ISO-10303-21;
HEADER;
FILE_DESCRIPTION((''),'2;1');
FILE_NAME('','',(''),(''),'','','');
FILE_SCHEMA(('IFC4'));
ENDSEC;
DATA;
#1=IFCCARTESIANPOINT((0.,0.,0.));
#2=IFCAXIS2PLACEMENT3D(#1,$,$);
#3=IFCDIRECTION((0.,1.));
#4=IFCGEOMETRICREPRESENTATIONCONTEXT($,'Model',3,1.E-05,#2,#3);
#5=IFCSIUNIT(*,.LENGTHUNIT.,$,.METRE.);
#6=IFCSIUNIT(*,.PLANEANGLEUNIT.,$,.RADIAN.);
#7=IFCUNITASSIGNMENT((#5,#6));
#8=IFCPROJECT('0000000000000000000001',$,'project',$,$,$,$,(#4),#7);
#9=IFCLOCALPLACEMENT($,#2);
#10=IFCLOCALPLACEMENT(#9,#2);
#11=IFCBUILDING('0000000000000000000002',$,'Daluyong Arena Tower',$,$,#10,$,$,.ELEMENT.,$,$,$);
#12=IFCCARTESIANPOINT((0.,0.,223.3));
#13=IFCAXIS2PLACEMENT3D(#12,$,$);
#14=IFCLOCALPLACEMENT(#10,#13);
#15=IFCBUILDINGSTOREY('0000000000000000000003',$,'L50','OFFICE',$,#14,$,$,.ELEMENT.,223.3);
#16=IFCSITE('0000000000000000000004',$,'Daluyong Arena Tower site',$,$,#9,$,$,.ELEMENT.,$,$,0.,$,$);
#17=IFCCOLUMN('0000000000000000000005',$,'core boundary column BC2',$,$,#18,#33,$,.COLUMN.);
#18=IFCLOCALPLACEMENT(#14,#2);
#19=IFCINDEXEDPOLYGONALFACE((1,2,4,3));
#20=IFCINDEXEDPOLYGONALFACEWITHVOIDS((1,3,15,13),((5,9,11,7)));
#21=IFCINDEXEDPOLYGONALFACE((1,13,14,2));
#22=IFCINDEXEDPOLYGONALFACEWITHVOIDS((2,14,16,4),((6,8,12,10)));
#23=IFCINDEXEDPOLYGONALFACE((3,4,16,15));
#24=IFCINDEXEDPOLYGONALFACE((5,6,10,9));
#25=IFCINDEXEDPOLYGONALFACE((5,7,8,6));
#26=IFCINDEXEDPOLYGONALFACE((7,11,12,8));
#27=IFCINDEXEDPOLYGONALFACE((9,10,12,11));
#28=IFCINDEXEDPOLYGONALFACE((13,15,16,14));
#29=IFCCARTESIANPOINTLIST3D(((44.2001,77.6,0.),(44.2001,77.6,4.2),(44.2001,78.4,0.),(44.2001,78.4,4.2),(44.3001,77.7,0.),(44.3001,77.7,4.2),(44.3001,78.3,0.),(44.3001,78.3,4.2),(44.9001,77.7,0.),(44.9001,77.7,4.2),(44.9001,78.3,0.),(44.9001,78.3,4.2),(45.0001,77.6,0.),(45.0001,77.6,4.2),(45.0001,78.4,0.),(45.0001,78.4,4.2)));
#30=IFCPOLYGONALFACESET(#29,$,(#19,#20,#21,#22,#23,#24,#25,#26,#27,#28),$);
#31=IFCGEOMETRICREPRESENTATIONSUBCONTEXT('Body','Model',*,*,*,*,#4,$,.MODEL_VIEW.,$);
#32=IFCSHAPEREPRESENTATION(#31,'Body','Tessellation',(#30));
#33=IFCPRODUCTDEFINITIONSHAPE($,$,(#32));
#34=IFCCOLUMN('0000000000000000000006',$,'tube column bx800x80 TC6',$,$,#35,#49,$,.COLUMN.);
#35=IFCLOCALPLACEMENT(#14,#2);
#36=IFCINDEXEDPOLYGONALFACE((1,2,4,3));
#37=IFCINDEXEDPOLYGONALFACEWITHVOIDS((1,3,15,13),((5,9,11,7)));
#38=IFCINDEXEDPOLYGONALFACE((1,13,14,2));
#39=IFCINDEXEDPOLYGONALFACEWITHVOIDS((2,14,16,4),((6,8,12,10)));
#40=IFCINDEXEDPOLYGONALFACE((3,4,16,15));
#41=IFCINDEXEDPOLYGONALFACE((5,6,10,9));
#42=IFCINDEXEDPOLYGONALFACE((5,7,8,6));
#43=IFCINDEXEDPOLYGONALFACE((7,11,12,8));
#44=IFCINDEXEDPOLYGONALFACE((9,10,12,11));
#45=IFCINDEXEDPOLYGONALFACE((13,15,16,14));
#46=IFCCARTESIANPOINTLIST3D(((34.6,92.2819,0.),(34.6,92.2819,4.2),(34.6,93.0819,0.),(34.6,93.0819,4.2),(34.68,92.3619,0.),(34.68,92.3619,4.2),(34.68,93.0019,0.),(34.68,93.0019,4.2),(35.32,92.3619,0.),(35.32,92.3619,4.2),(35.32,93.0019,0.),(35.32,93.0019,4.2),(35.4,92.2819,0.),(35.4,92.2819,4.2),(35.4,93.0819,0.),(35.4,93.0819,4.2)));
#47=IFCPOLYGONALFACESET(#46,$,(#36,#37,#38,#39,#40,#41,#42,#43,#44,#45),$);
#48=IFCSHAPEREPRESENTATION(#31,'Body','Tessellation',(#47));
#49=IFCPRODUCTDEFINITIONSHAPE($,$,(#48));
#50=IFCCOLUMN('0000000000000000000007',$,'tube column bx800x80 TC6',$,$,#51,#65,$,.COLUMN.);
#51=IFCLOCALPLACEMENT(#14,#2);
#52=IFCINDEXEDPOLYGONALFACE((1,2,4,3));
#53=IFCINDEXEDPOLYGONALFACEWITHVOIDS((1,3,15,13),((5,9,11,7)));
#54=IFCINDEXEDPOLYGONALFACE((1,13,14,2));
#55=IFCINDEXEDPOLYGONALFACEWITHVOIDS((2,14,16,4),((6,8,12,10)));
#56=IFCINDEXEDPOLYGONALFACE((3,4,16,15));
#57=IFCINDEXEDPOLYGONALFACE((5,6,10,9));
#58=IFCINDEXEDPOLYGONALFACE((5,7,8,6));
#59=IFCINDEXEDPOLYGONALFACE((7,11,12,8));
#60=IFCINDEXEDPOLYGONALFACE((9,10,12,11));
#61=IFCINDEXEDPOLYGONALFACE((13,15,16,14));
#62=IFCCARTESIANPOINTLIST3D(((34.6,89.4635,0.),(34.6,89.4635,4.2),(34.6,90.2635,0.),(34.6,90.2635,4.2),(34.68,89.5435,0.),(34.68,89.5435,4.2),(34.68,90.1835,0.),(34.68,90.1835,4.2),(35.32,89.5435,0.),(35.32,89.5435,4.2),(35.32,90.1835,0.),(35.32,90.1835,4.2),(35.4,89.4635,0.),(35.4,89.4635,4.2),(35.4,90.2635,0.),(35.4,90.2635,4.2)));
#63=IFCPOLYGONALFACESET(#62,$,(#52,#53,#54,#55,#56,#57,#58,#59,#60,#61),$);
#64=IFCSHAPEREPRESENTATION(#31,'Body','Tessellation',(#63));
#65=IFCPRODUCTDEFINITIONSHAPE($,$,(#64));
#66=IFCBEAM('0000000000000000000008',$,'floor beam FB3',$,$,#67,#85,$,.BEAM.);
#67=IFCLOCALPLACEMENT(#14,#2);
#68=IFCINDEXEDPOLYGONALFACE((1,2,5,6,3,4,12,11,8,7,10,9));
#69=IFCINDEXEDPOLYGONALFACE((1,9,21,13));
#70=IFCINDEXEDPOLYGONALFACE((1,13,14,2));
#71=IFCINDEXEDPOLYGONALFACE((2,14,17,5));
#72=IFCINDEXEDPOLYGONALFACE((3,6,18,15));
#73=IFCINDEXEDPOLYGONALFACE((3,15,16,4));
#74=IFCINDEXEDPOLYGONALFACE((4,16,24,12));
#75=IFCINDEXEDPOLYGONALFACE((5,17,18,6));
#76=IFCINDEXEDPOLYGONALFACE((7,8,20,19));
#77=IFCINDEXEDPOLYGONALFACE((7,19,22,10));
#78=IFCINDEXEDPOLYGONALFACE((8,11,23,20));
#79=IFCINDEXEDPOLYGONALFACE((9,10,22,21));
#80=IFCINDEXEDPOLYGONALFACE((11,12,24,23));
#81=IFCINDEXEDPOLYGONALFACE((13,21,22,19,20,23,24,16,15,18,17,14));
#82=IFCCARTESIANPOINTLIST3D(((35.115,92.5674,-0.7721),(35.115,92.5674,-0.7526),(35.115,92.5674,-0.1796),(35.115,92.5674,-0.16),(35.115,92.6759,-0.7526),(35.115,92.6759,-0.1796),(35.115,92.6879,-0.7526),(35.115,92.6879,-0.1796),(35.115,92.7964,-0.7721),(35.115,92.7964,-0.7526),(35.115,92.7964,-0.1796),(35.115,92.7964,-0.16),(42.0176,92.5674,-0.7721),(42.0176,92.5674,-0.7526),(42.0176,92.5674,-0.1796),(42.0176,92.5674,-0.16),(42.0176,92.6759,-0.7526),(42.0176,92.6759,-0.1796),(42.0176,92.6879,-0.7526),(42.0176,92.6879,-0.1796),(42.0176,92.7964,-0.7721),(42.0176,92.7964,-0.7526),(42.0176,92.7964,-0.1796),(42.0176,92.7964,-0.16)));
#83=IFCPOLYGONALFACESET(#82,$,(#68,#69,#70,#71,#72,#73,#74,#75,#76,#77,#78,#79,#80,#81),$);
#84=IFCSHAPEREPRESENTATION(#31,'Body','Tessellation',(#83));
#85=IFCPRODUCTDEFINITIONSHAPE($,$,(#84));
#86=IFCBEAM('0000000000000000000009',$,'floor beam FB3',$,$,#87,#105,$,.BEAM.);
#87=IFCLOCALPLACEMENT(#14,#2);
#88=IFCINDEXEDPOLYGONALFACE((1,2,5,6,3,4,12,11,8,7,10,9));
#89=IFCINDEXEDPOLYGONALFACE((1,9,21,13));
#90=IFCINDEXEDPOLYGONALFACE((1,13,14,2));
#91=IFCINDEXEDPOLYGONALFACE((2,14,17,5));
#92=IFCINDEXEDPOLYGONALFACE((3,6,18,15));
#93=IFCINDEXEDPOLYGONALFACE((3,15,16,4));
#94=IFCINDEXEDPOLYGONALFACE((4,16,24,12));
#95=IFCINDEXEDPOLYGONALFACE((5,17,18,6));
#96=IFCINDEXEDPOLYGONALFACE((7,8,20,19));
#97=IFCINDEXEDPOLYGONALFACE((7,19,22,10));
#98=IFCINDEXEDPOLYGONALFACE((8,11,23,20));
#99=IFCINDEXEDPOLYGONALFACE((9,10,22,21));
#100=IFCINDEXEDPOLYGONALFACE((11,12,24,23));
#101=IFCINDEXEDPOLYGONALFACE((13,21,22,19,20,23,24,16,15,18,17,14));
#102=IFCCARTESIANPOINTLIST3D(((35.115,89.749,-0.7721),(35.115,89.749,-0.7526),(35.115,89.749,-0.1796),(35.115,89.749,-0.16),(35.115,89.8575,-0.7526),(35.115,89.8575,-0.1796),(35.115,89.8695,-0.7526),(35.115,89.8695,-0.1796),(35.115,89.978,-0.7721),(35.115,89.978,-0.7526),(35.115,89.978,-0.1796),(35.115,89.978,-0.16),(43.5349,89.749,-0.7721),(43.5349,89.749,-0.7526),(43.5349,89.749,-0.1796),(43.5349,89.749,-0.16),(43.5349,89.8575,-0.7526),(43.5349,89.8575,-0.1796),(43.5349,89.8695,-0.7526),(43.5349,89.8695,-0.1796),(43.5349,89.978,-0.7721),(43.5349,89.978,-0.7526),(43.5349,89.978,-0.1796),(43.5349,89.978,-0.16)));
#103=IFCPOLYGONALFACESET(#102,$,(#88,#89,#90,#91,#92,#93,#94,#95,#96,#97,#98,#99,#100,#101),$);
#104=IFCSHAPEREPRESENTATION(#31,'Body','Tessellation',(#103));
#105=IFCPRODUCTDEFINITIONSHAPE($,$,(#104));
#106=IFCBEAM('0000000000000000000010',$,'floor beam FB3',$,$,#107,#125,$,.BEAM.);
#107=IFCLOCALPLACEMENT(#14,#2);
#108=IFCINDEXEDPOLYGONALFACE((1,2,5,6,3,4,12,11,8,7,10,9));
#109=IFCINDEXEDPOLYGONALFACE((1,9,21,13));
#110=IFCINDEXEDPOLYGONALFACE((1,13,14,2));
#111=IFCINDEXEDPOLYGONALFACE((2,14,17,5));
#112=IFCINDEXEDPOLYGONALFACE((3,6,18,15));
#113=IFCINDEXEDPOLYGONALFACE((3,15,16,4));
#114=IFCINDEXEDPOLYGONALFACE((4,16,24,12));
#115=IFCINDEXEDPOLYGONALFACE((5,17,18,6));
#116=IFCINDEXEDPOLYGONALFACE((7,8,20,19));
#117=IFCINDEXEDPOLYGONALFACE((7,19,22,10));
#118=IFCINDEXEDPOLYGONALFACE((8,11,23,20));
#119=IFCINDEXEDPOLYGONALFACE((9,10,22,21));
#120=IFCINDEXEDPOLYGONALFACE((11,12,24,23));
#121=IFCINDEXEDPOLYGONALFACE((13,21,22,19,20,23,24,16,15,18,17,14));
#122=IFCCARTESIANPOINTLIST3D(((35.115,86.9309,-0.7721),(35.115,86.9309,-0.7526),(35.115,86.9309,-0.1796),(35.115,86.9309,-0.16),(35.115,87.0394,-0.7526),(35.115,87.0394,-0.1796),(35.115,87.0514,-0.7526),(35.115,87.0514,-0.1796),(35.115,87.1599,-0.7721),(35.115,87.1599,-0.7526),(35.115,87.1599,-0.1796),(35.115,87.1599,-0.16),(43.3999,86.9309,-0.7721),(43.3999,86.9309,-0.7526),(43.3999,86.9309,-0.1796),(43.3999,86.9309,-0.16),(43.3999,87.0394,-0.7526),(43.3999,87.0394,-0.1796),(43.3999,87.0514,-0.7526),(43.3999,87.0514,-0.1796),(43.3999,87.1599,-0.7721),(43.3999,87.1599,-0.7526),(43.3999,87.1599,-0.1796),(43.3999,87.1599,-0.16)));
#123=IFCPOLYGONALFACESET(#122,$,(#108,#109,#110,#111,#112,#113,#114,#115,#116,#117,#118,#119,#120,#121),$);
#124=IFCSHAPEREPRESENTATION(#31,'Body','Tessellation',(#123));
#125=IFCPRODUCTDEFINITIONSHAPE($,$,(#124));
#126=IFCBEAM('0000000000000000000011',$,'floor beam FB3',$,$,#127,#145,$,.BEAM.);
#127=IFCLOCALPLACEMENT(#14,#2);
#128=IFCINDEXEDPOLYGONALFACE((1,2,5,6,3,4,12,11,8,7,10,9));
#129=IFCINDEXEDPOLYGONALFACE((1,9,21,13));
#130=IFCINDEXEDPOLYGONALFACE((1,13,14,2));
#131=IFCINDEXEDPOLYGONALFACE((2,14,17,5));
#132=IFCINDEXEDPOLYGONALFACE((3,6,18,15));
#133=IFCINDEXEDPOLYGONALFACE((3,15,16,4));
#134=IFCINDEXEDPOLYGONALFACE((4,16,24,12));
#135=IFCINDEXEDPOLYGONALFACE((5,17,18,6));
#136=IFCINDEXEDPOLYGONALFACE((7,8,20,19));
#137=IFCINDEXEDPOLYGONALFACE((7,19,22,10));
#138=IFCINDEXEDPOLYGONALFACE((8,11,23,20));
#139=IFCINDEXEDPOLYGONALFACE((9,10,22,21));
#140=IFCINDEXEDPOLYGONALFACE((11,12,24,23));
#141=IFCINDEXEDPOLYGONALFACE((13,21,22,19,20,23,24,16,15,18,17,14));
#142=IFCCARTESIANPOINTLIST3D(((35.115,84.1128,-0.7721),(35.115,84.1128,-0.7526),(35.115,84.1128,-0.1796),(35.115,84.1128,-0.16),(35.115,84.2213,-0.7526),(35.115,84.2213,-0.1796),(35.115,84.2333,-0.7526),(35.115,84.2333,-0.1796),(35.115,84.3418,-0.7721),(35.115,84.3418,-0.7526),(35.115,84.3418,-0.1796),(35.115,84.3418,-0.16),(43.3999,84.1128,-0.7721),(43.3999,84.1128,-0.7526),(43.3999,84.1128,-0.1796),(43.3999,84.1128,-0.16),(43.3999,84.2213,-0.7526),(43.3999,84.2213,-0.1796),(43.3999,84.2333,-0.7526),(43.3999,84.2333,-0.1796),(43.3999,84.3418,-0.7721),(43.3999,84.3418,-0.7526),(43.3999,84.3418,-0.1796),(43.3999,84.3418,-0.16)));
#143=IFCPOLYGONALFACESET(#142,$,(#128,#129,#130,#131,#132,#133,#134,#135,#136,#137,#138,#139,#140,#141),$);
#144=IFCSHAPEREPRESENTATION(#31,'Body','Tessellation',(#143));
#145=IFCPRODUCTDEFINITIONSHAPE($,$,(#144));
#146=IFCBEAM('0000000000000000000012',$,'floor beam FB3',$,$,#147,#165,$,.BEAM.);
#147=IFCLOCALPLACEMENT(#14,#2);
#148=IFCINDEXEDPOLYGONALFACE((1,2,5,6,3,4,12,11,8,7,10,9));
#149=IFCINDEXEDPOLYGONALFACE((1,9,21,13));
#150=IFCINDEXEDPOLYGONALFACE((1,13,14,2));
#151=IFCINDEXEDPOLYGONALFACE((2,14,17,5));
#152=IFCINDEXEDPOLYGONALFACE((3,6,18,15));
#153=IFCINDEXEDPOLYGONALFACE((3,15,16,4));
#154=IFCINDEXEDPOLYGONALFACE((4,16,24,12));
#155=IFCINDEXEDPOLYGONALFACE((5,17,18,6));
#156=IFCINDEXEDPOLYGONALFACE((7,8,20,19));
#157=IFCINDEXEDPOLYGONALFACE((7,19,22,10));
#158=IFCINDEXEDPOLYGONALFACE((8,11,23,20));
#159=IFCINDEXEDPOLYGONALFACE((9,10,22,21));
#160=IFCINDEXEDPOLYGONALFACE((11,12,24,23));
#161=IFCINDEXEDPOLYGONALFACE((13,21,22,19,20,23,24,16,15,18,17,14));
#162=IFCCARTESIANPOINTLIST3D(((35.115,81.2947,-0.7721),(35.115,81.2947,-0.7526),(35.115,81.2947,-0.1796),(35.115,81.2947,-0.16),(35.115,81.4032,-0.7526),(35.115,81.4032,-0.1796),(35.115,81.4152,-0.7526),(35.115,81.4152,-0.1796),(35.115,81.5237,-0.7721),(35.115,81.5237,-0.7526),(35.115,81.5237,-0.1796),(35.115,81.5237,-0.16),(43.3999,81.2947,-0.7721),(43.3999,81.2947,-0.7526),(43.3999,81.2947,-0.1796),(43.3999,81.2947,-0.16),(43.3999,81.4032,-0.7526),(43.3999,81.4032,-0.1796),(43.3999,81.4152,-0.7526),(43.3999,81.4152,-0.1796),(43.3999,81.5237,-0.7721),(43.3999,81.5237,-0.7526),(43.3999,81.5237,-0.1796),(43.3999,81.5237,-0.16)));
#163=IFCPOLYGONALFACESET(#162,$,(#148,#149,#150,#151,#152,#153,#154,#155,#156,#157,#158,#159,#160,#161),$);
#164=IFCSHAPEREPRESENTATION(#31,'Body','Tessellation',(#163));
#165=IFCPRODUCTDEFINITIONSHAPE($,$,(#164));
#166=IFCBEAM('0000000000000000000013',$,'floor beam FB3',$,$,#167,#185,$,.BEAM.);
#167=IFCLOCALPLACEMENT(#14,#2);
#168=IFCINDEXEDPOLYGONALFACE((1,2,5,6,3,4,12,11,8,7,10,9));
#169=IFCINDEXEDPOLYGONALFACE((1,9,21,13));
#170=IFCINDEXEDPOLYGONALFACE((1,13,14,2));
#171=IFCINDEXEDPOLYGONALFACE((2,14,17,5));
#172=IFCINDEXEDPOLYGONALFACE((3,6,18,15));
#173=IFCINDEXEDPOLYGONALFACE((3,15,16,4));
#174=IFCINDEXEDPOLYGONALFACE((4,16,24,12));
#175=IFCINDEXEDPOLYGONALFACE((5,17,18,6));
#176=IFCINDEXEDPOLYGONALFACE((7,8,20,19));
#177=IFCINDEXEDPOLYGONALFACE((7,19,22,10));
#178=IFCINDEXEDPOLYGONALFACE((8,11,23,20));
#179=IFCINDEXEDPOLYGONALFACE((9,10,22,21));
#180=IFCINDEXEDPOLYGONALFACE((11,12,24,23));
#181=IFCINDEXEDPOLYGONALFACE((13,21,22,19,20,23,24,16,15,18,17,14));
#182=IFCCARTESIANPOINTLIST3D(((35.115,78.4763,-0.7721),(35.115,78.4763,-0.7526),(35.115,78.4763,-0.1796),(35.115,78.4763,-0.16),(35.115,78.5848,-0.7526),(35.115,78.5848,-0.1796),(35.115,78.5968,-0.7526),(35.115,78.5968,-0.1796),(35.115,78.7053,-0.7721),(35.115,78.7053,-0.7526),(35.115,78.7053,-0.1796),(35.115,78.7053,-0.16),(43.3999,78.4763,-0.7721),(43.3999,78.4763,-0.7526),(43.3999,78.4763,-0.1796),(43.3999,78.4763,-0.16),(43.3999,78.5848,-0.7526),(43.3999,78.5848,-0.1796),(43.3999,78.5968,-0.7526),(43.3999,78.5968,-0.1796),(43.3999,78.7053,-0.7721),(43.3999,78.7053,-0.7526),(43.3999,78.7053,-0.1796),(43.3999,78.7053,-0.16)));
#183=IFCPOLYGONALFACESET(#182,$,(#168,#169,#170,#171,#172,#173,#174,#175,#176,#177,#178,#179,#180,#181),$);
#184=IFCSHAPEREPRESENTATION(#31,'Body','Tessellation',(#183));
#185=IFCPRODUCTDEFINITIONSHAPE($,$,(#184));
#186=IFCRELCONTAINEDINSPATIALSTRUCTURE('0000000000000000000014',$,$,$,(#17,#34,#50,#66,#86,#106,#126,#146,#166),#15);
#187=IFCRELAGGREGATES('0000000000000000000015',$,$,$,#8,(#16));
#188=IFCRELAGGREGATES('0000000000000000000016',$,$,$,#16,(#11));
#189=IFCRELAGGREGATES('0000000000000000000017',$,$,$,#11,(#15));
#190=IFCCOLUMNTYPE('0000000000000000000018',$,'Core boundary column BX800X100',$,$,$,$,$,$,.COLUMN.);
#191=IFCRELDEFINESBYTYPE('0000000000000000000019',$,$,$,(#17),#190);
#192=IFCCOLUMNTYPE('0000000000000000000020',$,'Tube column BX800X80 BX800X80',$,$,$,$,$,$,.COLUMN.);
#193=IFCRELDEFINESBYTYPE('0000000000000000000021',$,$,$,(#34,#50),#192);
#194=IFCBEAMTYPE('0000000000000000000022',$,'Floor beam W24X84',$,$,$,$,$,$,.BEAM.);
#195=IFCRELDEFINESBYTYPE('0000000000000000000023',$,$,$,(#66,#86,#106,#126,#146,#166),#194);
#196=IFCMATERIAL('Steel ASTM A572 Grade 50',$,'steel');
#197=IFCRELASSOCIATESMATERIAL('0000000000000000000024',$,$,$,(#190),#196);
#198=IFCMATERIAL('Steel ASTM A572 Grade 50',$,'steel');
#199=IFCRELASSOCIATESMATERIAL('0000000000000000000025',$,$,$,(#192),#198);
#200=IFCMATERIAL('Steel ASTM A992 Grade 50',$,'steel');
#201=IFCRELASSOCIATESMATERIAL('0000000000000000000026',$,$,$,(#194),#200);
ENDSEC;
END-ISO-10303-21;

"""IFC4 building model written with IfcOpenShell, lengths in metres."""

from ifc_helpers import new_model, si_unit, direction, frame, origin, origin_2d, place, context, subcontext, project, spatial, hollow_rectangle, i_section, extrude, material, material_profile, profile_set, type_object, element, save


model = new_model("IFC4")

# Units and contexts
model_context = context("Model", 3, precision=1e-05, world=origin(), true_north=direction((0.0, 1.0)))
body_context = subcontext(model_context, "Body", "Model", "MODEL_VIEW")
ifc_project = project(units=[si_unit("LENGTHUNIT", "METRE"), si_unit("PLANEANGLEUNIT", "RADIAN")], contexts=[model_context])

# Site, building, storey
site_placement = place(None, origin())
site = spatial("IfcSite", under=ifc_project, at=site_placement, Name="Daluyong Arena Tower site", CompositionType="ELEMENT", RefElevation=0.0)
building_placement = place(site_placement, origin())
building = spatial("IfcBuilding", under=site, at=building_placement, Name="Daluyong Arena Tower", CompositionType="ELEMENT")
storey_placement = place(building_placement, frame((0.0, 0.0, 223.3)))
storey = spatial("IfcBuildingStorey", under=building, at=storey_placement, Name="L50", Description="OFFICE", CompositionType="ELEMENT", Elevation=223.3)

# Columns
ifc_material_1 = material(Name="Steel ASTM A572 Grade 50", Category="steel")
ifc_material_profile_1 = material_profile(ifc_material_1, hollow_rectangle(XDim=0.8, YDim=0.8, WallThickness=0.1, at=origin_2d()))
ifc_profile_set_1 = profile_set([ifc_material_profile_1], Name="Steel ASTM A572 Grade 50")
column_type_1 = type_object("IfcColumnType", Name="Core boundary column BX800X100", PredefinedType="COLUMN", material=ifc_profile_set_1)
column_placement = place(storey_placement, frame((44.6001, 78.0, 0.0), z_axis=(0.0, 0.0, 1.0), x_axis=(1.0, 0.0, 0.0)))
element("IfcColumn", 1, at=column_placement, inside=storey, type_object=column_type_1, Name="core boundary column BC2", PredefinedType="COLUMN", context=body_context, shape_type="SweptSolid", body=[
    extrude(hollow_rectangle(XDim=0.8, YDim=0.8, WallThickness=0.1, at=origin_2d()), origin(), (0.0, 0.0, 1.0), 4.2),
])
ifc_material_2 = material(Name="Steel ASTM A572 Grade 50", Category="steel")
ifc_material_profile_2 = material_profile(ifc_material_2, hollow_rectangle(XDim=0.8, YDim=0.8, WallThickness=0.08, at=origin_2d()))
ifc_profile_set_2 = profile_set([ifc_material_profile_2], Name="Steel ASTM A572 Grade 50")
column_type_2 = type_object("IfcColumnType", Name="Tube column BX800X80 BX800X80", PredefinedType="COLUMN", material=ifc_profile_set_2)
for number, where, z_axis, x_axis, name in (
    (2, (35.0, 92.6819, 0.0), (0.0, 0.0, 1.0), (0.0, 1.0, 0.0), "tube column bx800x80 TC6"),
    (3, (35.0, 89.8635, 0.0), (0.0, 0.0, 1.0), (0.0, 1.0, 0.0), "tube column bx800x80 TC6"),
):
    element("IfcColumn", number, at=place(storey_placement, frame(where, z_axis=z_axis, x_axis=x_axis)), inside=storey, type_object=column_type_2, Name=name, PredefinedType="COLUMN", context=body_context, shape_type="SweptSolid", body=[
        extrude(hollow_rectangle(XDim=0.8, YDim=0.8, WallThickness=0.08, at=origin_2d()), origin(), (0.0, 0.0, 1.0), 4.2),
    ])

# Beams
ifc_material_3 = material(Name="Steel ASTM A992 Grade 50", Category="steel")
ifc_material_profile_3 = material_profile(ifc_material_3, i_section(OverallWidth=0.229, OverallDepth=0.6121, WebThickness=0.012, FlangeThickness=0.0195, at=origin_2d()))
ifc_profile_set_3 = profile_set([ifc_material_profile_3], Name="Steel ASTM A992 Grade 50")
beam_type_1 = type_object("IfcBeamType", Name="Floor beam W24X84", PredefinedType="BEAM", material=ifc_profile_set_3)
beam_1_placement = place(storey_placement, frame((35.115, 92.6819, -0.4661), z_axis=(1.0, 0.0, 0.0), x_axis=(0.0, 1.0, 0.0)))
element("IfcBeam", 4, at=beam_1_placement, inside=storey, type_object=beam_type_1, Name="floor beam FB3", PredefinedType="BEAM", context=body_context, shape_type="SweptSolid", body=[
    extrude(i_section(OverallWidth=0.229, OverallDepth=0.6121, WebThickness=0.012, FlangeThickness=0.0195, at=origin_2d()), origin(), (0.0, 0.0, 1.0), 6.9026),
])
beam_2_placement = place(storey_placement, frame((35.115, 89.8635, -0.4661), z_axis=(1.0, 0.0, 0.0), x_axis=(0.0, 1.0, 0.0)))
element("IfcBeam", 5, at=beam_2_placement, inside=storey, type_object=beam_type_1, Name="floor beam FB3", PredefinedType="BEAM", context=body_context, shape_type="SweptSolid", body=[
    extrude(i_section(OverallWidth=0.229, OverallDepth=0.6121, WebThickness=0.012, FlangeThickness=0.0195, at=origin_2d()), origin(), (0.0, 0.0, 1.0), 8.4199),
])
for number, where, z_axis, x_axis, name in (
    (6, (35.115, 87.0454, -0.4661), (1.0, 0.0, 0.0), (0.0, 1.0, 0.0), "floor beam FB3"),
    (7, (35.115, 84.2273, -0.4661), (1.0, 0.0, 0.0), (0.0, 1.0, 0.0), "floor beam FB3"),
    (8, (35.115, 81.4092, -0.4661), (1.0, 0.0, 0.0), (0.0, 1.0, 0.0), "floor beam FB3"),
    (9, (35.115, 78.5908, -0.4661), (1.0, 0.0, 0.0), (0.0, 1.0, 0.0), "floor beam FB3"),
):
    element("IfcBeam", number, at=place(storey_placement, frame(where, z_axis=z_axis, x_axis=x_axis)), inside=storey, type_object=beam_type_1, Name=name, PredefinedType="BEAM", context=body_context, shape_type="SweptSolid", body=[
        extrude(i_section(OverallWidth=0.229, OverallDepth=0.6121, WebThickness=0.012, FlangeThickness=0.0195, at=origin_2d()), origin(), (0.0, 0.0, 1.0), 8.2849),
    ])

save(model, "model.ifc")
